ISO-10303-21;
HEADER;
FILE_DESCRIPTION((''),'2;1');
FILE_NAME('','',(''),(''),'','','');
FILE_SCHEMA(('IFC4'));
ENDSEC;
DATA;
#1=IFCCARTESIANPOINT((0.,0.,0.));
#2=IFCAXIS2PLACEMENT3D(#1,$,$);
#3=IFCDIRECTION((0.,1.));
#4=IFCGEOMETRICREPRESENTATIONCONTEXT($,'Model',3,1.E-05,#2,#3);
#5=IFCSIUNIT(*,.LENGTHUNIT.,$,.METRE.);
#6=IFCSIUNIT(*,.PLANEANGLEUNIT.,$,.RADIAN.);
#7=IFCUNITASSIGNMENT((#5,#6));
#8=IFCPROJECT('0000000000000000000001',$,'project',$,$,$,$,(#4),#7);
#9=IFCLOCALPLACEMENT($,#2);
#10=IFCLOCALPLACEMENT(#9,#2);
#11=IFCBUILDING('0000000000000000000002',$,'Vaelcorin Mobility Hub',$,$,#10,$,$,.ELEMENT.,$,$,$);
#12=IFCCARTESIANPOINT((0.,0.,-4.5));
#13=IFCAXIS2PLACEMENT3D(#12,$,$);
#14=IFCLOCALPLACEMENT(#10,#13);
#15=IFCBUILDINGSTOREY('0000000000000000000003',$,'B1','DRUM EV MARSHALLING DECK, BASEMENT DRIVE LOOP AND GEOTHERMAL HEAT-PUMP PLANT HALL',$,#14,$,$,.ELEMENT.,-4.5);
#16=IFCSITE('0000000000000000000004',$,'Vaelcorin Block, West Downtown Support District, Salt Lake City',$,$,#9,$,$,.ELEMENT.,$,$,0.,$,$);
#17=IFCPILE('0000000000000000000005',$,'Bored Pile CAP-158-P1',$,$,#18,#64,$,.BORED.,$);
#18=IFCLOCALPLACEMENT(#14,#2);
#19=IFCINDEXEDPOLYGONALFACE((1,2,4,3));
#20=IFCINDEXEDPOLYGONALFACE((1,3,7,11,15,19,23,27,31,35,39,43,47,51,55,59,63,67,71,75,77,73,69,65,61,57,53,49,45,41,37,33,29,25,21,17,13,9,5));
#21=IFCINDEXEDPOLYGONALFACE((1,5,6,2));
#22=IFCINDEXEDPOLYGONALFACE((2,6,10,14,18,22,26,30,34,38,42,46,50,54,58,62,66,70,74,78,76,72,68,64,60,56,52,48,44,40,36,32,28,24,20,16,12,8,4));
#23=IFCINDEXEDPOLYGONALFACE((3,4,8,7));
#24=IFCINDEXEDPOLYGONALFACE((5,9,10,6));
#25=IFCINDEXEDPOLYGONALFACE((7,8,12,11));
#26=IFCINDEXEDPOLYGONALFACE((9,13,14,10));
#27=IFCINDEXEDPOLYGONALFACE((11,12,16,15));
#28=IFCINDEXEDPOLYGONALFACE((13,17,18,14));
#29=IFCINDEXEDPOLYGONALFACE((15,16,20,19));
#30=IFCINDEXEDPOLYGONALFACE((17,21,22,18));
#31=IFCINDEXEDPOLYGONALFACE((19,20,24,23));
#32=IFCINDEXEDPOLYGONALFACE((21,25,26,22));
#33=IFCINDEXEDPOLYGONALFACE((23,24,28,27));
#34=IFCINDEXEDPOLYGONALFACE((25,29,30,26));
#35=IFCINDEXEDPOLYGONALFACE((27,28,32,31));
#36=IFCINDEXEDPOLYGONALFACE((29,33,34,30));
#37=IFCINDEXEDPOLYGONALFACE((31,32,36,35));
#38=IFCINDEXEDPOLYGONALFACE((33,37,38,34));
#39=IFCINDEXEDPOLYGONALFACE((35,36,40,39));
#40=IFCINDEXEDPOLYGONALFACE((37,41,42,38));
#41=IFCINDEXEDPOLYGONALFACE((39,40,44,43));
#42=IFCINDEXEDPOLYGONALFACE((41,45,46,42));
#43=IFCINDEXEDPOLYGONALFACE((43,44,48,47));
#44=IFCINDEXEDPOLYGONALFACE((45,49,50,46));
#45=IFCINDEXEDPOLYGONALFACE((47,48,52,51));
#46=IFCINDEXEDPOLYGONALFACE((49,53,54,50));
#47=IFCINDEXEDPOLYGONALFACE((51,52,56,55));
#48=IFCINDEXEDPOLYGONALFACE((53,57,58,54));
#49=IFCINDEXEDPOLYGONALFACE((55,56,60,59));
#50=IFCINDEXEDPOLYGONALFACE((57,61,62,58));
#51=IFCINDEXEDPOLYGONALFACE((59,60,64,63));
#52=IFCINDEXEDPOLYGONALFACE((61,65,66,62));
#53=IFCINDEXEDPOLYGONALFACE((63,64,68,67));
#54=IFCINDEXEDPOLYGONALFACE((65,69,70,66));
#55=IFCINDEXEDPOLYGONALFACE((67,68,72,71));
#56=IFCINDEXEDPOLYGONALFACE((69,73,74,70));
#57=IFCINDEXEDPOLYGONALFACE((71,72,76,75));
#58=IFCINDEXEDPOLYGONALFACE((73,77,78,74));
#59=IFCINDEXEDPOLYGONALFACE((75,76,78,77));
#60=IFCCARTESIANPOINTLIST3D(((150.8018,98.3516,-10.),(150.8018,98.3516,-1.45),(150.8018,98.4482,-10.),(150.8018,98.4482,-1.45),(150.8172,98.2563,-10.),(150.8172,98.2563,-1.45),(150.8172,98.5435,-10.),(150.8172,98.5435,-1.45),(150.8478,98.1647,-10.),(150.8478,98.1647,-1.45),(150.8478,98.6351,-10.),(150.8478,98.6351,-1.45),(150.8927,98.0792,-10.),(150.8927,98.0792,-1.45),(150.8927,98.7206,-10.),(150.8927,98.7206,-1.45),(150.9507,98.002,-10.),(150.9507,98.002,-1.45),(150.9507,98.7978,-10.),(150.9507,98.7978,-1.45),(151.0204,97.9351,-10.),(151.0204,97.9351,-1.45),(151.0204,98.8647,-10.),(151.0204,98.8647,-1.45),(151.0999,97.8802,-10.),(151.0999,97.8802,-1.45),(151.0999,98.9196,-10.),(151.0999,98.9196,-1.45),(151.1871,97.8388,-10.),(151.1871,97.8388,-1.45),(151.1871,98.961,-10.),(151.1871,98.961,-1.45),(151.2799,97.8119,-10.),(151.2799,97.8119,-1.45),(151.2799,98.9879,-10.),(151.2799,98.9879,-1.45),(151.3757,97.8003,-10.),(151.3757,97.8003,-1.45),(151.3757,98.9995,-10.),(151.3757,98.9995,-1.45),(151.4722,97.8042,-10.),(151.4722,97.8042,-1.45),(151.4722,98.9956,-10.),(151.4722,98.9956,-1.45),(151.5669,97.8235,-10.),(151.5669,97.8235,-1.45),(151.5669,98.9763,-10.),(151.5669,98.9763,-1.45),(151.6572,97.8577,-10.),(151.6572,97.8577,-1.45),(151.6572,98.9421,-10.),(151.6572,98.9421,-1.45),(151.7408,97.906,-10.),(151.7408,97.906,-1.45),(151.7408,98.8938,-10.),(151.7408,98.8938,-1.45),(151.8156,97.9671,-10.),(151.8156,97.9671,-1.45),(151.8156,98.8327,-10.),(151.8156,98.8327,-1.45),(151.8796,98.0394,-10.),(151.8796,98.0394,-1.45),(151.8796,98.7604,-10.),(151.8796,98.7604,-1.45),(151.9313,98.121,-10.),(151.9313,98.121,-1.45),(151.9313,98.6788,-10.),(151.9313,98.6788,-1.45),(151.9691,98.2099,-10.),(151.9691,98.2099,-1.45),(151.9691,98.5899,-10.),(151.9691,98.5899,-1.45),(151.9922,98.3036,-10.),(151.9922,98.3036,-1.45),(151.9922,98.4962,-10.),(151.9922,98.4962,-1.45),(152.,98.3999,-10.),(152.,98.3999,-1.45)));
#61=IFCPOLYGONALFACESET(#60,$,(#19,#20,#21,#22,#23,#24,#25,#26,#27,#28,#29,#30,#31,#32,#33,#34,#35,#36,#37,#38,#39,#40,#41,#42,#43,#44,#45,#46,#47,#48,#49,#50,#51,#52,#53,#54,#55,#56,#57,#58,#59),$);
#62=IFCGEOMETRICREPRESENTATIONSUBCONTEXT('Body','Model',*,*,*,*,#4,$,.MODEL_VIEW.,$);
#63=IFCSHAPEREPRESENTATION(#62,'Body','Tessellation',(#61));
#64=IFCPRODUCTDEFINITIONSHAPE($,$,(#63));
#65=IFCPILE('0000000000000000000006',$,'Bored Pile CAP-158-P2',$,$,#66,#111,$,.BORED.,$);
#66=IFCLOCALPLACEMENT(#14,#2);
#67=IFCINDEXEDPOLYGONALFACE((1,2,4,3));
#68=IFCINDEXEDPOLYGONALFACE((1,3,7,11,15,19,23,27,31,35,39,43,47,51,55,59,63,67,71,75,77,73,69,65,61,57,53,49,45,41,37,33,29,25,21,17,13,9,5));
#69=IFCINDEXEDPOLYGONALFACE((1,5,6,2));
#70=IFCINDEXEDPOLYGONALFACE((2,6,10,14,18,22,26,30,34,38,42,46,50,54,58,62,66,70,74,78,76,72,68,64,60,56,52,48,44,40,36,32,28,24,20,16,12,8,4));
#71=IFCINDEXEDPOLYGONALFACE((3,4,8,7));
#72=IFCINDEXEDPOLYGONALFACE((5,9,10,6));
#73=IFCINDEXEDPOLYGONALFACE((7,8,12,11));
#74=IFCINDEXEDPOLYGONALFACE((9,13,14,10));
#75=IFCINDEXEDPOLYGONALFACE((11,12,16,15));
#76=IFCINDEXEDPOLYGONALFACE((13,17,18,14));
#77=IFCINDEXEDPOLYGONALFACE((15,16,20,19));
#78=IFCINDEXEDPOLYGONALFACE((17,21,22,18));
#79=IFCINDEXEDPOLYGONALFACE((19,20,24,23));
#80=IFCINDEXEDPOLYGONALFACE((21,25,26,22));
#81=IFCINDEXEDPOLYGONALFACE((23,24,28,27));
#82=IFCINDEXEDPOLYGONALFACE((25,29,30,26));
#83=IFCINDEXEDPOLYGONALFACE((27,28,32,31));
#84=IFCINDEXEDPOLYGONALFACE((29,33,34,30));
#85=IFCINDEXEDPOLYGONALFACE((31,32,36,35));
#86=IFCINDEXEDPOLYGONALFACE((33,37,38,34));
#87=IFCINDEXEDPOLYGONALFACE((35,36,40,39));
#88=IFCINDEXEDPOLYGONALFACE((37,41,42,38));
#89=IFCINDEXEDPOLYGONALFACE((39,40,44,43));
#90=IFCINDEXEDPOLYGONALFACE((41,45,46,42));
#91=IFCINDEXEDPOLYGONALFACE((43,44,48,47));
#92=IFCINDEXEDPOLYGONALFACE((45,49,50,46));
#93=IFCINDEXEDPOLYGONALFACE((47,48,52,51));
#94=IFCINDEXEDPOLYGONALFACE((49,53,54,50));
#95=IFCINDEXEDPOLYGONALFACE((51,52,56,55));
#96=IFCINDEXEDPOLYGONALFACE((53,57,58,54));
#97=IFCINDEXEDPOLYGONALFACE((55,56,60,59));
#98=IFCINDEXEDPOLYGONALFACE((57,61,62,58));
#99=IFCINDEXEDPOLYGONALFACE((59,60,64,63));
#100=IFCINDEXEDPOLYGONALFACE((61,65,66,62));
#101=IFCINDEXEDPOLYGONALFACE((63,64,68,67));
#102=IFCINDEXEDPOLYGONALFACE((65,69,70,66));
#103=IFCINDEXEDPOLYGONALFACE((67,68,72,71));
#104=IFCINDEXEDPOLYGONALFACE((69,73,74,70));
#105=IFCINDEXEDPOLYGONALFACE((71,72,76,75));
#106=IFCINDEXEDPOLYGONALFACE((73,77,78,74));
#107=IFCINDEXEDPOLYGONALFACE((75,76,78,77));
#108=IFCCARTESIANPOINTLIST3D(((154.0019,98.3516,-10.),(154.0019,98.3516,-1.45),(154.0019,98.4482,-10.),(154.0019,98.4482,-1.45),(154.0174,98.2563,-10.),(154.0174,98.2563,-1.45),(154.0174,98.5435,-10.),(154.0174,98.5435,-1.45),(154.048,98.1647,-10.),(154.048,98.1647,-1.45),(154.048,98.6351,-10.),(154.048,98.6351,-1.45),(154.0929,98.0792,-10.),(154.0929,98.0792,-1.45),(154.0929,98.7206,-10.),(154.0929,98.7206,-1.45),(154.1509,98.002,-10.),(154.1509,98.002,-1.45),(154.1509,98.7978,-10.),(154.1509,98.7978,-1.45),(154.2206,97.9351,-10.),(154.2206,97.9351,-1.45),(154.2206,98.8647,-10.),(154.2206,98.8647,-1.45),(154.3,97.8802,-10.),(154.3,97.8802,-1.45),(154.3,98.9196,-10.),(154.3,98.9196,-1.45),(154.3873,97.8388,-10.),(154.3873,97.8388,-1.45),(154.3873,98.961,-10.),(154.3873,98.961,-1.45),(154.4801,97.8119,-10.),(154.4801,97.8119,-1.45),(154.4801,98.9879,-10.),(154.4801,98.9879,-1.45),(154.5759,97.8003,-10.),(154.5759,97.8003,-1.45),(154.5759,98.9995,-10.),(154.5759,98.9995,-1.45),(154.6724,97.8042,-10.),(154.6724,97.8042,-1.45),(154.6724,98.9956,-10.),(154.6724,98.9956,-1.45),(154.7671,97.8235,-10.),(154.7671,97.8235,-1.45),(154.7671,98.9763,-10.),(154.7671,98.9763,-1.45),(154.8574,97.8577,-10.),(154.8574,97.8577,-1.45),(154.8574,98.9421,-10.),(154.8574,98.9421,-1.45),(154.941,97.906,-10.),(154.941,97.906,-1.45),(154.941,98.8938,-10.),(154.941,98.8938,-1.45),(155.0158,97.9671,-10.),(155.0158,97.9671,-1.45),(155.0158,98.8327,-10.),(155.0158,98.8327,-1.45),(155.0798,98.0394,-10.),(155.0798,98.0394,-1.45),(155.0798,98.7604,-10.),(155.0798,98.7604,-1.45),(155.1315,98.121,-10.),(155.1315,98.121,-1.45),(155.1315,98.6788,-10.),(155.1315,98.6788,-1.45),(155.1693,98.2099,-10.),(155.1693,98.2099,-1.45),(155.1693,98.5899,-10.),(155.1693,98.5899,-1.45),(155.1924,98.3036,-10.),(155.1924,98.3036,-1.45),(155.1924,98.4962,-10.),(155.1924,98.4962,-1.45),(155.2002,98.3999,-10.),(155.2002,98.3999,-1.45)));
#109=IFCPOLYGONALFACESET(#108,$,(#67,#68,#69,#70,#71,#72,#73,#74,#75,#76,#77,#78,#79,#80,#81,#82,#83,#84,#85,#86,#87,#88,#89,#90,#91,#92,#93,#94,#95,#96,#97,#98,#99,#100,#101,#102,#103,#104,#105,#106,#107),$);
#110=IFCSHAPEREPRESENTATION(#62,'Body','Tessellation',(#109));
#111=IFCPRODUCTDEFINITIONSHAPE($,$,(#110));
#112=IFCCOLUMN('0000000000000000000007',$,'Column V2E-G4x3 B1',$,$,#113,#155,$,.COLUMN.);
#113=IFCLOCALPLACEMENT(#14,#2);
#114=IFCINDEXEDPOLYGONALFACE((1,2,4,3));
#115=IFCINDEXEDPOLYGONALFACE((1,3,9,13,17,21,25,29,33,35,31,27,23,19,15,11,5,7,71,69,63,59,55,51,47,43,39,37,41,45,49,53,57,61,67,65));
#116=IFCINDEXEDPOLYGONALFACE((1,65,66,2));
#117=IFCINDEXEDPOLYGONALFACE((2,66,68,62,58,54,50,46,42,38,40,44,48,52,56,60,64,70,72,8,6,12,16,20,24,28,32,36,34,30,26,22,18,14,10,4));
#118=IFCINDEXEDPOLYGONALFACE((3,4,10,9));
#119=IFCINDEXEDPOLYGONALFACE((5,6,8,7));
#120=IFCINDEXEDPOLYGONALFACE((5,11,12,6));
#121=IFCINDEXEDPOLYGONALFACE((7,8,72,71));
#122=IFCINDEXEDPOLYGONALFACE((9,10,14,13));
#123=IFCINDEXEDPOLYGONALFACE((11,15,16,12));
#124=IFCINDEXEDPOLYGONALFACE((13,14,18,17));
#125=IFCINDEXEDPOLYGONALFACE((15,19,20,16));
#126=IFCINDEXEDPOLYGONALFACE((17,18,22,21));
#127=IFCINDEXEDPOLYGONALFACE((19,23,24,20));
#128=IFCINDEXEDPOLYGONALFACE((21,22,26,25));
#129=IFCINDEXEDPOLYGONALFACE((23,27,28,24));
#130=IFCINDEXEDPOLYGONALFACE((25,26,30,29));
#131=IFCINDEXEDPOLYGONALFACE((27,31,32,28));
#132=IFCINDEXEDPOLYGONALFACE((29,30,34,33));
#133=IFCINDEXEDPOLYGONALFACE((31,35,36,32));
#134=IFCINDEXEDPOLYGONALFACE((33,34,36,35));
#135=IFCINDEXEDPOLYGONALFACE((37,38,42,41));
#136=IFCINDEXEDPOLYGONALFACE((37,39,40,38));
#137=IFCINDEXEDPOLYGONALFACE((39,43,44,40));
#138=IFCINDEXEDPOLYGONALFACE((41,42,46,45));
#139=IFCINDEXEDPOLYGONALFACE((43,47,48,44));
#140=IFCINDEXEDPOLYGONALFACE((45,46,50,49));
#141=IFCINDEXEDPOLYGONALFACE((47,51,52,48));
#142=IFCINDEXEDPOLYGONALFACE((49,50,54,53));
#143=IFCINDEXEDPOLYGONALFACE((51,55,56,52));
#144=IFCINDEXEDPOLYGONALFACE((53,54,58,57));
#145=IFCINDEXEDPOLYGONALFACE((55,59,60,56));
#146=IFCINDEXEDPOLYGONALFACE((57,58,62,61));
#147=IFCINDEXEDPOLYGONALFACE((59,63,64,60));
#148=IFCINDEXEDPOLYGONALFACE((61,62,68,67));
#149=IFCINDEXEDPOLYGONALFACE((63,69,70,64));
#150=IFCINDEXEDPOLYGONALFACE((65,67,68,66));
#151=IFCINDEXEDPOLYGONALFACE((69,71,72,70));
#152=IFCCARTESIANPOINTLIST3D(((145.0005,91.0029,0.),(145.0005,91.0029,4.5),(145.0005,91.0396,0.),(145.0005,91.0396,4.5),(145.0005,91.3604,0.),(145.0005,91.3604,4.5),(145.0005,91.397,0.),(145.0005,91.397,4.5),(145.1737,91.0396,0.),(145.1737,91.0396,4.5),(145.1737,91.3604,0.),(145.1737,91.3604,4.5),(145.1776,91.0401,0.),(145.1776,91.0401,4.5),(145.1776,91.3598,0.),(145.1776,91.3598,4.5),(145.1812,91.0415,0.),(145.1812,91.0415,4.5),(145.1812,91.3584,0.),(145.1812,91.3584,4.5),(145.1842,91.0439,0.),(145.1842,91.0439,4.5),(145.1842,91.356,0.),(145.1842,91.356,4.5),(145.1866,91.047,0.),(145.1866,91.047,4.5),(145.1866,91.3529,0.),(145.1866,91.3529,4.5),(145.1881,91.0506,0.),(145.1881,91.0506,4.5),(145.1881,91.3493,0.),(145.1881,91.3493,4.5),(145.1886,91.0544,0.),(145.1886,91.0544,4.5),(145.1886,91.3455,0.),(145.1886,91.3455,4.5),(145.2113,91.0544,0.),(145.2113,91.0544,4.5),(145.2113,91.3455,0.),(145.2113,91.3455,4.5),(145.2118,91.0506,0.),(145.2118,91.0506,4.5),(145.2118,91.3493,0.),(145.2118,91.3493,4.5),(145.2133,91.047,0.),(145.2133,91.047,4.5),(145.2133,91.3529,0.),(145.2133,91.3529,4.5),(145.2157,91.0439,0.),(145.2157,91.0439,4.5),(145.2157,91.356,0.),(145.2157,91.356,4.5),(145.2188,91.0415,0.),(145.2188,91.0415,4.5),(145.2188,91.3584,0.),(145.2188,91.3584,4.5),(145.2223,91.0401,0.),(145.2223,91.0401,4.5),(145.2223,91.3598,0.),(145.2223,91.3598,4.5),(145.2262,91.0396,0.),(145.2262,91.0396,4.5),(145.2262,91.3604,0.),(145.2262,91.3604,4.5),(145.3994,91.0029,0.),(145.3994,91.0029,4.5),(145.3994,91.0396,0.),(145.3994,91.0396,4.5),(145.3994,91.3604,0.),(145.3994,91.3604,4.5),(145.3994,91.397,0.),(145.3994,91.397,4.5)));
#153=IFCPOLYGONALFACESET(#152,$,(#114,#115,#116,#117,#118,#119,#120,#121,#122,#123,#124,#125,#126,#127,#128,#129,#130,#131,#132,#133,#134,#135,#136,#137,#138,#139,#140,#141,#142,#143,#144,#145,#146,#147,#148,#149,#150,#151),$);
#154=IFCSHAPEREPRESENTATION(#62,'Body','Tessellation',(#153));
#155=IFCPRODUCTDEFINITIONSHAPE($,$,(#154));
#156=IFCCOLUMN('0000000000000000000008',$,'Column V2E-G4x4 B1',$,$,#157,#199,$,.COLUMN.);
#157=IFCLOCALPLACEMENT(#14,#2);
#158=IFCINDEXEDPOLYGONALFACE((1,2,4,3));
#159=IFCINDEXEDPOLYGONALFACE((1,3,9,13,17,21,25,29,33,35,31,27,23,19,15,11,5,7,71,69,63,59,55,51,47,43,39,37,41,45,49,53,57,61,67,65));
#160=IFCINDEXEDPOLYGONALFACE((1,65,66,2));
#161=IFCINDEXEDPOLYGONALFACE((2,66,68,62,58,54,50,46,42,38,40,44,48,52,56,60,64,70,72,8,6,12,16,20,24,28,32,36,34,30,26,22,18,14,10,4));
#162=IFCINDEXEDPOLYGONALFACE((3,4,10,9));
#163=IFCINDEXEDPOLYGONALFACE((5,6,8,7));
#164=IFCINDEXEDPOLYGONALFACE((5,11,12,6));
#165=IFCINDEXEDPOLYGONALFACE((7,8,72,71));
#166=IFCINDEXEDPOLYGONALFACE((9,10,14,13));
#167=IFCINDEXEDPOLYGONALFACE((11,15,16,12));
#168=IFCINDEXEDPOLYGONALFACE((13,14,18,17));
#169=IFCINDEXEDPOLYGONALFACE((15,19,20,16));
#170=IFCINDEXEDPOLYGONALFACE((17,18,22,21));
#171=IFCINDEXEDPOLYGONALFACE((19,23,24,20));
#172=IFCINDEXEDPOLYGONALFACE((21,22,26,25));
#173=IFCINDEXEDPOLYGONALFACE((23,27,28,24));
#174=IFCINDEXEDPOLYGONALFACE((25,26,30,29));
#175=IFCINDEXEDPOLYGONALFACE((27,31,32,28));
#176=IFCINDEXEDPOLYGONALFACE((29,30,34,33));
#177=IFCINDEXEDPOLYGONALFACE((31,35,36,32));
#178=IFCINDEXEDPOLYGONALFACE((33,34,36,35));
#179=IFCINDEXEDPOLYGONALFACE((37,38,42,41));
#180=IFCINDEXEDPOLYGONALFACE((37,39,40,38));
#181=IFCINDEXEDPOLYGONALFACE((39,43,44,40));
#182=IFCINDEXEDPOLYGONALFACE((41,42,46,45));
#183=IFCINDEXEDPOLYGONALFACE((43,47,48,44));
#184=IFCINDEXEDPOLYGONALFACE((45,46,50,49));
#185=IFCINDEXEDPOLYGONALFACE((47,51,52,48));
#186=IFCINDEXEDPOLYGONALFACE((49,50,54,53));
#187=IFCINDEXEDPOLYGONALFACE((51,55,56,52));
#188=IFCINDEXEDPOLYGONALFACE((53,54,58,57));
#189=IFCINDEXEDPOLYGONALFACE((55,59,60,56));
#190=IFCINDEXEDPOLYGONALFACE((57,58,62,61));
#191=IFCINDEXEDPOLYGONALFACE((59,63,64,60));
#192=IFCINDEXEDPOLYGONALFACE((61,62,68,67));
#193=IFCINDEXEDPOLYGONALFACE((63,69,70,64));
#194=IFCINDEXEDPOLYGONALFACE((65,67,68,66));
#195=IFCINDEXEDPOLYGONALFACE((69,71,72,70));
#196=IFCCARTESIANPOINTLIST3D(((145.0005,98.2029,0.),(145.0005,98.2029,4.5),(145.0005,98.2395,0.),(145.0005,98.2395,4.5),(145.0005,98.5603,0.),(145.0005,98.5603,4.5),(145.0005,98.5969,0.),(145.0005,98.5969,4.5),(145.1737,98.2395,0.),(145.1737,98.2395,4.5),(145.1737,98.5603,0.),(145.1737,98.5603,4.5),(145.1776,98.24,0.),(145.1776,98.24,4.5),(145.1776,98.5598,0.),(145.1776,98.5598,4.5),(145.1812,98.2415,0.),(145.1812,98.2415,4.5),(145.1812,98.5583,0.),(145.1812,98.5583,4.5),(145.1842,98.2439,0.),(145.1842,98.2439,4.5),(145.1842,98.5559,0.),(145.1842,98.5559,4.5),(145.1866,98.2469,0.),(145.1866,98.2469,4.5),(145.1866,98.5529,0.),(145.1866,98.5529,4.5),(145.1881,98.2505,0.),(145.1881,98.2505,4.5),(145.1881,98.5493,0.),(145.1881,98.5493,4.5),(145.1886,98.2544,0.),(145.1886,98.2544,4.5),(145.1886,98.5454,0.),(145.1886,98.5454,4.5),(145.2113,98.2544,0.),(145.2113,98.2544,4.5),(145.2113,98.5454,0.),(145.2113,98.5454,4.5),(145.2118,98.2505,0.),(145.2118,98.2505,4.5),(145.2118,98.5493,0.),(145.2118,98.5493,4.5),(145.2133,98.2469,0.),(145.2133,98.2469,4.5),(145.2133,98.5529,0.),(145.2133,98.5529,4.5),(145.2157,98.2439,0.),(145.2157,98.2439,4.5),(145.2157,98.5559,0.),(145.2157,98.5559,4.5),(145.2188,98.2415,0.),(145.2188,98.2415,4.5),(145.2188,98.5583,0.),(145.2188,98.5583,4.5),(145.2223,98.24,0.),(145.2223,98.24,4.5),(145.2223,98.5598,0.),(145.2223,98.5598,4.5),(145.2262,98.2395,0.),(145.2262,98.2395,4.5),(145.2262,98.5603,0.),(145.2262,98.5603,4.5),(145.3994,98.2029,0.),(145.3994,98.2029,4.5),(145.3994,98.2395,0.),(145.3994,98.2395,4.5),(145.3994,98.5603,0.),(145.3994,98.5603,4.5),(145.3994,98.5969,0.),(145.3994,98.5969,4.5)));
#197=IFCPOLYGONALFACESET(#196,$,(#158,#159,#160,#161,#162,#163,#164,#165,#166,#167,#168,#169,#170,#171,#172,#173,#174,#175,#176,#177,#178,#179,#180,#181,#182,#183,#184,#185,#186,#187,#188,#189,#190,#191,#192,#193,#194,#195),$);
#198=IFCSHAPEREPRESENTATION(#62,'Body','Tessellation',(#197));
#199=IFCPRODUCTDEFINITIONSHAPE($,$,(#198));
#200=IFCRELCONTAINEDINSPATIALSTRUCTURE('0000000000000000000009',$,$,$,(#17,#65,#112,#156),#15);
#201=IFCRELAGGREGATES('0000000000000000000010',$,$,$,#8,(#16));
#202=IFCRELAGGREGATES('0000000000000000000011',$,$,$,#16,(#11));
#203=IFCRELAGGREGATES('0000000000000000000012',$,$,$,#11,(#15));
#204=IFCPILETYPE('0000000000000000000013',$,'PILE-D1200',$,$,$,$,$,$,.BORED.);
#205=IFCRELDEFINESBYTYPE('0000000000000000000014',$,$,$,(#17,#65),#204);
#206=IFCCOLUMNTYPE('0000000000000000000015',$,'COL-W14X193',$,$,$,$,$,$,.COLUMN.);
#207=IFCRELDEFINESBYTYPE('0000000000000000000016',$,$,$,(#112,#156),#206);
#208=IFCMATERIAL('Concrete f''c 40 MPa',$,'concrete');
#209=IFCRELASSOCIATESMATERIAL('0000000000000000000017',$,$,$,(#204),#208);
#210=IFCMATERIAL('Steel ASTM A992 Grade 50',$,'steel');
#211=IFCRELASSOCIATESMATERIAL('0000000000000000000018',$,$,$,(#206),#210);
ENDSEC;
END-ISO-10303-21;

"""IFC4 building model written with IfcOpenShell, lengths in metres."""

from ifc_helpers import new_model, si_unit, direction, frame, origin, origin_2d, place, context, subcontext, project, spatial, circle, i_section, extrude, material, material_profile, profile_set, type_object, element, save


model = new_model("IFC4")

# Units and contexts
model_context = context("Model", 3, precision=1e-05, world=origin(), true_north=direction((0.0, 1.0)))
body_context = subcontext(model_context, "Body", "Model", "MODEL_VIEW")
ifc_project = project(units=[si_unit("LENGTHUNIT", "METRE"), si_unit("PLANEANGLEUNIT", "RADIAN")], contexts=[model_context])

# Site, building, storey
site_placement = place(None, origin())
site = spatial("IfcSite", under=ifc_project, at=site_placement, Name="Vaelcorin Block, West Downtown Support District, Salt Lake City", CompositionType="ELEMENT", RefElevation=0.0)
building_placement = place(site_placement, origin())
building = spatial("IfcBuilding", under=site, at=building_placement, Name="Vaelcorin Mobility Hub", CompositionType="ELEMENT")
storey_placement = place(building_placement, frame((0.0, 0.0, -4.5)))
storey = spatial("IfcBuildingStorey", under=building, at=storey_placement, Name="B1", Description="DRUM EV MARSHALLING DECK, BASEMENT DRIVE LOOP AND GEOTHERMAL HEAT-PUMP PLANT HALL", CompositionType="ELEMENT", Elevation=-4.5)

# Shared definitions
ifc_material_1 = material(Name="Concrete f'c 40 MPa", Category="concrete")

# Piles
ifc_material_profile_1 = material_profile(ifc_material_1, circle(Radius=0.6001, at=origin_2d()), Name="BP-D1200")
ifc_profile_set_1 = profile_set([ifc_material_profile_1], Name="Concrete f'c 40 MPa")
pile_type_1 = type_object("IfcPileType", Name="PILE-D1200", PredefinedType="BORED", material=ifc_profile_set_1)
for number, where, z_axis, x_axis, name in (
    (1, (151.3999, 98.3999, -1.45), (0.0, 0.0, -1.0), (1.0, 0.0, 0.0), "Bored Pile CAP-158-P1"),
    (2, (154.6001, 98.3999, -1.45), (0.0, 0.0, -1.0), (1.0, 0.0, 0.0), "Bored Pile CAP-158-P2"),
):
    element("IfcPile", number, at=place(storey_placement, frame(where, z_axis=z_axis, x_axis=x_axis)), inside=storey, type_object=pile_type_1, Name=name, PredefinedType="BORED", context=body_context, shape_type="SweptSolid", body=[
        extrude(circle(Radius=0.6001, at=origin_2d()), origin(), (0.0, 0.0, 1.0), 8.55),
    ])

# Columns
ifc_material_2 = material(Name="Steel ASTM A992 Grade 50", Category="steel")
ifc_material_profile_2 = material_profile(ifc_material_2, i_section(OverallWidth=0.3989, OverallDepth=0.394, WebThickness=0.0227, FlangeThickness=0.0366, FilletRadius=0.0149, at=origin_2d()), Name="W14X193")
ifc_profile_set_2 = profile_set([ifc_material_profile_2], Name="Steel ASTM A992 Grade 50")
column_type = type_object("IfcColumnType", Name="COL-W14X193", PredefinedType="COLUMN", material=ifc_profile_set_2)
for number, where, z_axis, x_axis, name in (
    (3, (145.2, 91.2, 0.0), (0.0, 0.0, 1.0), (1.0, 0.0, 0.0), "Column V2E-G4x3 B1"),
    (4, (145.2, 98.3999, 0.0), (0.0, 0.0, 1.0), (1.0, 0.0, 0.0), "Column V2E-G4x4 B1"),
):
    element("IfcColumn", number, at=place(storey_placement, frame(where, z_axis=z_axis, x_axis=x_axis)), inside=storey, type_object=column_type, Name=name, PredefinedType="COLUMN", context=body_context, shape_type="SweptSolid", body=[
        extrude(i_section(OverallWidth=0.3989, OverallDepth=0.394, WebThickness=0.0227, FlangeThickness=0.0366, FilletRadius=0.0149, at=origin_2d()), origin(), (0.0, 0.0, 1.0), 4.5),
    ])

save(model, "model.ifc")
